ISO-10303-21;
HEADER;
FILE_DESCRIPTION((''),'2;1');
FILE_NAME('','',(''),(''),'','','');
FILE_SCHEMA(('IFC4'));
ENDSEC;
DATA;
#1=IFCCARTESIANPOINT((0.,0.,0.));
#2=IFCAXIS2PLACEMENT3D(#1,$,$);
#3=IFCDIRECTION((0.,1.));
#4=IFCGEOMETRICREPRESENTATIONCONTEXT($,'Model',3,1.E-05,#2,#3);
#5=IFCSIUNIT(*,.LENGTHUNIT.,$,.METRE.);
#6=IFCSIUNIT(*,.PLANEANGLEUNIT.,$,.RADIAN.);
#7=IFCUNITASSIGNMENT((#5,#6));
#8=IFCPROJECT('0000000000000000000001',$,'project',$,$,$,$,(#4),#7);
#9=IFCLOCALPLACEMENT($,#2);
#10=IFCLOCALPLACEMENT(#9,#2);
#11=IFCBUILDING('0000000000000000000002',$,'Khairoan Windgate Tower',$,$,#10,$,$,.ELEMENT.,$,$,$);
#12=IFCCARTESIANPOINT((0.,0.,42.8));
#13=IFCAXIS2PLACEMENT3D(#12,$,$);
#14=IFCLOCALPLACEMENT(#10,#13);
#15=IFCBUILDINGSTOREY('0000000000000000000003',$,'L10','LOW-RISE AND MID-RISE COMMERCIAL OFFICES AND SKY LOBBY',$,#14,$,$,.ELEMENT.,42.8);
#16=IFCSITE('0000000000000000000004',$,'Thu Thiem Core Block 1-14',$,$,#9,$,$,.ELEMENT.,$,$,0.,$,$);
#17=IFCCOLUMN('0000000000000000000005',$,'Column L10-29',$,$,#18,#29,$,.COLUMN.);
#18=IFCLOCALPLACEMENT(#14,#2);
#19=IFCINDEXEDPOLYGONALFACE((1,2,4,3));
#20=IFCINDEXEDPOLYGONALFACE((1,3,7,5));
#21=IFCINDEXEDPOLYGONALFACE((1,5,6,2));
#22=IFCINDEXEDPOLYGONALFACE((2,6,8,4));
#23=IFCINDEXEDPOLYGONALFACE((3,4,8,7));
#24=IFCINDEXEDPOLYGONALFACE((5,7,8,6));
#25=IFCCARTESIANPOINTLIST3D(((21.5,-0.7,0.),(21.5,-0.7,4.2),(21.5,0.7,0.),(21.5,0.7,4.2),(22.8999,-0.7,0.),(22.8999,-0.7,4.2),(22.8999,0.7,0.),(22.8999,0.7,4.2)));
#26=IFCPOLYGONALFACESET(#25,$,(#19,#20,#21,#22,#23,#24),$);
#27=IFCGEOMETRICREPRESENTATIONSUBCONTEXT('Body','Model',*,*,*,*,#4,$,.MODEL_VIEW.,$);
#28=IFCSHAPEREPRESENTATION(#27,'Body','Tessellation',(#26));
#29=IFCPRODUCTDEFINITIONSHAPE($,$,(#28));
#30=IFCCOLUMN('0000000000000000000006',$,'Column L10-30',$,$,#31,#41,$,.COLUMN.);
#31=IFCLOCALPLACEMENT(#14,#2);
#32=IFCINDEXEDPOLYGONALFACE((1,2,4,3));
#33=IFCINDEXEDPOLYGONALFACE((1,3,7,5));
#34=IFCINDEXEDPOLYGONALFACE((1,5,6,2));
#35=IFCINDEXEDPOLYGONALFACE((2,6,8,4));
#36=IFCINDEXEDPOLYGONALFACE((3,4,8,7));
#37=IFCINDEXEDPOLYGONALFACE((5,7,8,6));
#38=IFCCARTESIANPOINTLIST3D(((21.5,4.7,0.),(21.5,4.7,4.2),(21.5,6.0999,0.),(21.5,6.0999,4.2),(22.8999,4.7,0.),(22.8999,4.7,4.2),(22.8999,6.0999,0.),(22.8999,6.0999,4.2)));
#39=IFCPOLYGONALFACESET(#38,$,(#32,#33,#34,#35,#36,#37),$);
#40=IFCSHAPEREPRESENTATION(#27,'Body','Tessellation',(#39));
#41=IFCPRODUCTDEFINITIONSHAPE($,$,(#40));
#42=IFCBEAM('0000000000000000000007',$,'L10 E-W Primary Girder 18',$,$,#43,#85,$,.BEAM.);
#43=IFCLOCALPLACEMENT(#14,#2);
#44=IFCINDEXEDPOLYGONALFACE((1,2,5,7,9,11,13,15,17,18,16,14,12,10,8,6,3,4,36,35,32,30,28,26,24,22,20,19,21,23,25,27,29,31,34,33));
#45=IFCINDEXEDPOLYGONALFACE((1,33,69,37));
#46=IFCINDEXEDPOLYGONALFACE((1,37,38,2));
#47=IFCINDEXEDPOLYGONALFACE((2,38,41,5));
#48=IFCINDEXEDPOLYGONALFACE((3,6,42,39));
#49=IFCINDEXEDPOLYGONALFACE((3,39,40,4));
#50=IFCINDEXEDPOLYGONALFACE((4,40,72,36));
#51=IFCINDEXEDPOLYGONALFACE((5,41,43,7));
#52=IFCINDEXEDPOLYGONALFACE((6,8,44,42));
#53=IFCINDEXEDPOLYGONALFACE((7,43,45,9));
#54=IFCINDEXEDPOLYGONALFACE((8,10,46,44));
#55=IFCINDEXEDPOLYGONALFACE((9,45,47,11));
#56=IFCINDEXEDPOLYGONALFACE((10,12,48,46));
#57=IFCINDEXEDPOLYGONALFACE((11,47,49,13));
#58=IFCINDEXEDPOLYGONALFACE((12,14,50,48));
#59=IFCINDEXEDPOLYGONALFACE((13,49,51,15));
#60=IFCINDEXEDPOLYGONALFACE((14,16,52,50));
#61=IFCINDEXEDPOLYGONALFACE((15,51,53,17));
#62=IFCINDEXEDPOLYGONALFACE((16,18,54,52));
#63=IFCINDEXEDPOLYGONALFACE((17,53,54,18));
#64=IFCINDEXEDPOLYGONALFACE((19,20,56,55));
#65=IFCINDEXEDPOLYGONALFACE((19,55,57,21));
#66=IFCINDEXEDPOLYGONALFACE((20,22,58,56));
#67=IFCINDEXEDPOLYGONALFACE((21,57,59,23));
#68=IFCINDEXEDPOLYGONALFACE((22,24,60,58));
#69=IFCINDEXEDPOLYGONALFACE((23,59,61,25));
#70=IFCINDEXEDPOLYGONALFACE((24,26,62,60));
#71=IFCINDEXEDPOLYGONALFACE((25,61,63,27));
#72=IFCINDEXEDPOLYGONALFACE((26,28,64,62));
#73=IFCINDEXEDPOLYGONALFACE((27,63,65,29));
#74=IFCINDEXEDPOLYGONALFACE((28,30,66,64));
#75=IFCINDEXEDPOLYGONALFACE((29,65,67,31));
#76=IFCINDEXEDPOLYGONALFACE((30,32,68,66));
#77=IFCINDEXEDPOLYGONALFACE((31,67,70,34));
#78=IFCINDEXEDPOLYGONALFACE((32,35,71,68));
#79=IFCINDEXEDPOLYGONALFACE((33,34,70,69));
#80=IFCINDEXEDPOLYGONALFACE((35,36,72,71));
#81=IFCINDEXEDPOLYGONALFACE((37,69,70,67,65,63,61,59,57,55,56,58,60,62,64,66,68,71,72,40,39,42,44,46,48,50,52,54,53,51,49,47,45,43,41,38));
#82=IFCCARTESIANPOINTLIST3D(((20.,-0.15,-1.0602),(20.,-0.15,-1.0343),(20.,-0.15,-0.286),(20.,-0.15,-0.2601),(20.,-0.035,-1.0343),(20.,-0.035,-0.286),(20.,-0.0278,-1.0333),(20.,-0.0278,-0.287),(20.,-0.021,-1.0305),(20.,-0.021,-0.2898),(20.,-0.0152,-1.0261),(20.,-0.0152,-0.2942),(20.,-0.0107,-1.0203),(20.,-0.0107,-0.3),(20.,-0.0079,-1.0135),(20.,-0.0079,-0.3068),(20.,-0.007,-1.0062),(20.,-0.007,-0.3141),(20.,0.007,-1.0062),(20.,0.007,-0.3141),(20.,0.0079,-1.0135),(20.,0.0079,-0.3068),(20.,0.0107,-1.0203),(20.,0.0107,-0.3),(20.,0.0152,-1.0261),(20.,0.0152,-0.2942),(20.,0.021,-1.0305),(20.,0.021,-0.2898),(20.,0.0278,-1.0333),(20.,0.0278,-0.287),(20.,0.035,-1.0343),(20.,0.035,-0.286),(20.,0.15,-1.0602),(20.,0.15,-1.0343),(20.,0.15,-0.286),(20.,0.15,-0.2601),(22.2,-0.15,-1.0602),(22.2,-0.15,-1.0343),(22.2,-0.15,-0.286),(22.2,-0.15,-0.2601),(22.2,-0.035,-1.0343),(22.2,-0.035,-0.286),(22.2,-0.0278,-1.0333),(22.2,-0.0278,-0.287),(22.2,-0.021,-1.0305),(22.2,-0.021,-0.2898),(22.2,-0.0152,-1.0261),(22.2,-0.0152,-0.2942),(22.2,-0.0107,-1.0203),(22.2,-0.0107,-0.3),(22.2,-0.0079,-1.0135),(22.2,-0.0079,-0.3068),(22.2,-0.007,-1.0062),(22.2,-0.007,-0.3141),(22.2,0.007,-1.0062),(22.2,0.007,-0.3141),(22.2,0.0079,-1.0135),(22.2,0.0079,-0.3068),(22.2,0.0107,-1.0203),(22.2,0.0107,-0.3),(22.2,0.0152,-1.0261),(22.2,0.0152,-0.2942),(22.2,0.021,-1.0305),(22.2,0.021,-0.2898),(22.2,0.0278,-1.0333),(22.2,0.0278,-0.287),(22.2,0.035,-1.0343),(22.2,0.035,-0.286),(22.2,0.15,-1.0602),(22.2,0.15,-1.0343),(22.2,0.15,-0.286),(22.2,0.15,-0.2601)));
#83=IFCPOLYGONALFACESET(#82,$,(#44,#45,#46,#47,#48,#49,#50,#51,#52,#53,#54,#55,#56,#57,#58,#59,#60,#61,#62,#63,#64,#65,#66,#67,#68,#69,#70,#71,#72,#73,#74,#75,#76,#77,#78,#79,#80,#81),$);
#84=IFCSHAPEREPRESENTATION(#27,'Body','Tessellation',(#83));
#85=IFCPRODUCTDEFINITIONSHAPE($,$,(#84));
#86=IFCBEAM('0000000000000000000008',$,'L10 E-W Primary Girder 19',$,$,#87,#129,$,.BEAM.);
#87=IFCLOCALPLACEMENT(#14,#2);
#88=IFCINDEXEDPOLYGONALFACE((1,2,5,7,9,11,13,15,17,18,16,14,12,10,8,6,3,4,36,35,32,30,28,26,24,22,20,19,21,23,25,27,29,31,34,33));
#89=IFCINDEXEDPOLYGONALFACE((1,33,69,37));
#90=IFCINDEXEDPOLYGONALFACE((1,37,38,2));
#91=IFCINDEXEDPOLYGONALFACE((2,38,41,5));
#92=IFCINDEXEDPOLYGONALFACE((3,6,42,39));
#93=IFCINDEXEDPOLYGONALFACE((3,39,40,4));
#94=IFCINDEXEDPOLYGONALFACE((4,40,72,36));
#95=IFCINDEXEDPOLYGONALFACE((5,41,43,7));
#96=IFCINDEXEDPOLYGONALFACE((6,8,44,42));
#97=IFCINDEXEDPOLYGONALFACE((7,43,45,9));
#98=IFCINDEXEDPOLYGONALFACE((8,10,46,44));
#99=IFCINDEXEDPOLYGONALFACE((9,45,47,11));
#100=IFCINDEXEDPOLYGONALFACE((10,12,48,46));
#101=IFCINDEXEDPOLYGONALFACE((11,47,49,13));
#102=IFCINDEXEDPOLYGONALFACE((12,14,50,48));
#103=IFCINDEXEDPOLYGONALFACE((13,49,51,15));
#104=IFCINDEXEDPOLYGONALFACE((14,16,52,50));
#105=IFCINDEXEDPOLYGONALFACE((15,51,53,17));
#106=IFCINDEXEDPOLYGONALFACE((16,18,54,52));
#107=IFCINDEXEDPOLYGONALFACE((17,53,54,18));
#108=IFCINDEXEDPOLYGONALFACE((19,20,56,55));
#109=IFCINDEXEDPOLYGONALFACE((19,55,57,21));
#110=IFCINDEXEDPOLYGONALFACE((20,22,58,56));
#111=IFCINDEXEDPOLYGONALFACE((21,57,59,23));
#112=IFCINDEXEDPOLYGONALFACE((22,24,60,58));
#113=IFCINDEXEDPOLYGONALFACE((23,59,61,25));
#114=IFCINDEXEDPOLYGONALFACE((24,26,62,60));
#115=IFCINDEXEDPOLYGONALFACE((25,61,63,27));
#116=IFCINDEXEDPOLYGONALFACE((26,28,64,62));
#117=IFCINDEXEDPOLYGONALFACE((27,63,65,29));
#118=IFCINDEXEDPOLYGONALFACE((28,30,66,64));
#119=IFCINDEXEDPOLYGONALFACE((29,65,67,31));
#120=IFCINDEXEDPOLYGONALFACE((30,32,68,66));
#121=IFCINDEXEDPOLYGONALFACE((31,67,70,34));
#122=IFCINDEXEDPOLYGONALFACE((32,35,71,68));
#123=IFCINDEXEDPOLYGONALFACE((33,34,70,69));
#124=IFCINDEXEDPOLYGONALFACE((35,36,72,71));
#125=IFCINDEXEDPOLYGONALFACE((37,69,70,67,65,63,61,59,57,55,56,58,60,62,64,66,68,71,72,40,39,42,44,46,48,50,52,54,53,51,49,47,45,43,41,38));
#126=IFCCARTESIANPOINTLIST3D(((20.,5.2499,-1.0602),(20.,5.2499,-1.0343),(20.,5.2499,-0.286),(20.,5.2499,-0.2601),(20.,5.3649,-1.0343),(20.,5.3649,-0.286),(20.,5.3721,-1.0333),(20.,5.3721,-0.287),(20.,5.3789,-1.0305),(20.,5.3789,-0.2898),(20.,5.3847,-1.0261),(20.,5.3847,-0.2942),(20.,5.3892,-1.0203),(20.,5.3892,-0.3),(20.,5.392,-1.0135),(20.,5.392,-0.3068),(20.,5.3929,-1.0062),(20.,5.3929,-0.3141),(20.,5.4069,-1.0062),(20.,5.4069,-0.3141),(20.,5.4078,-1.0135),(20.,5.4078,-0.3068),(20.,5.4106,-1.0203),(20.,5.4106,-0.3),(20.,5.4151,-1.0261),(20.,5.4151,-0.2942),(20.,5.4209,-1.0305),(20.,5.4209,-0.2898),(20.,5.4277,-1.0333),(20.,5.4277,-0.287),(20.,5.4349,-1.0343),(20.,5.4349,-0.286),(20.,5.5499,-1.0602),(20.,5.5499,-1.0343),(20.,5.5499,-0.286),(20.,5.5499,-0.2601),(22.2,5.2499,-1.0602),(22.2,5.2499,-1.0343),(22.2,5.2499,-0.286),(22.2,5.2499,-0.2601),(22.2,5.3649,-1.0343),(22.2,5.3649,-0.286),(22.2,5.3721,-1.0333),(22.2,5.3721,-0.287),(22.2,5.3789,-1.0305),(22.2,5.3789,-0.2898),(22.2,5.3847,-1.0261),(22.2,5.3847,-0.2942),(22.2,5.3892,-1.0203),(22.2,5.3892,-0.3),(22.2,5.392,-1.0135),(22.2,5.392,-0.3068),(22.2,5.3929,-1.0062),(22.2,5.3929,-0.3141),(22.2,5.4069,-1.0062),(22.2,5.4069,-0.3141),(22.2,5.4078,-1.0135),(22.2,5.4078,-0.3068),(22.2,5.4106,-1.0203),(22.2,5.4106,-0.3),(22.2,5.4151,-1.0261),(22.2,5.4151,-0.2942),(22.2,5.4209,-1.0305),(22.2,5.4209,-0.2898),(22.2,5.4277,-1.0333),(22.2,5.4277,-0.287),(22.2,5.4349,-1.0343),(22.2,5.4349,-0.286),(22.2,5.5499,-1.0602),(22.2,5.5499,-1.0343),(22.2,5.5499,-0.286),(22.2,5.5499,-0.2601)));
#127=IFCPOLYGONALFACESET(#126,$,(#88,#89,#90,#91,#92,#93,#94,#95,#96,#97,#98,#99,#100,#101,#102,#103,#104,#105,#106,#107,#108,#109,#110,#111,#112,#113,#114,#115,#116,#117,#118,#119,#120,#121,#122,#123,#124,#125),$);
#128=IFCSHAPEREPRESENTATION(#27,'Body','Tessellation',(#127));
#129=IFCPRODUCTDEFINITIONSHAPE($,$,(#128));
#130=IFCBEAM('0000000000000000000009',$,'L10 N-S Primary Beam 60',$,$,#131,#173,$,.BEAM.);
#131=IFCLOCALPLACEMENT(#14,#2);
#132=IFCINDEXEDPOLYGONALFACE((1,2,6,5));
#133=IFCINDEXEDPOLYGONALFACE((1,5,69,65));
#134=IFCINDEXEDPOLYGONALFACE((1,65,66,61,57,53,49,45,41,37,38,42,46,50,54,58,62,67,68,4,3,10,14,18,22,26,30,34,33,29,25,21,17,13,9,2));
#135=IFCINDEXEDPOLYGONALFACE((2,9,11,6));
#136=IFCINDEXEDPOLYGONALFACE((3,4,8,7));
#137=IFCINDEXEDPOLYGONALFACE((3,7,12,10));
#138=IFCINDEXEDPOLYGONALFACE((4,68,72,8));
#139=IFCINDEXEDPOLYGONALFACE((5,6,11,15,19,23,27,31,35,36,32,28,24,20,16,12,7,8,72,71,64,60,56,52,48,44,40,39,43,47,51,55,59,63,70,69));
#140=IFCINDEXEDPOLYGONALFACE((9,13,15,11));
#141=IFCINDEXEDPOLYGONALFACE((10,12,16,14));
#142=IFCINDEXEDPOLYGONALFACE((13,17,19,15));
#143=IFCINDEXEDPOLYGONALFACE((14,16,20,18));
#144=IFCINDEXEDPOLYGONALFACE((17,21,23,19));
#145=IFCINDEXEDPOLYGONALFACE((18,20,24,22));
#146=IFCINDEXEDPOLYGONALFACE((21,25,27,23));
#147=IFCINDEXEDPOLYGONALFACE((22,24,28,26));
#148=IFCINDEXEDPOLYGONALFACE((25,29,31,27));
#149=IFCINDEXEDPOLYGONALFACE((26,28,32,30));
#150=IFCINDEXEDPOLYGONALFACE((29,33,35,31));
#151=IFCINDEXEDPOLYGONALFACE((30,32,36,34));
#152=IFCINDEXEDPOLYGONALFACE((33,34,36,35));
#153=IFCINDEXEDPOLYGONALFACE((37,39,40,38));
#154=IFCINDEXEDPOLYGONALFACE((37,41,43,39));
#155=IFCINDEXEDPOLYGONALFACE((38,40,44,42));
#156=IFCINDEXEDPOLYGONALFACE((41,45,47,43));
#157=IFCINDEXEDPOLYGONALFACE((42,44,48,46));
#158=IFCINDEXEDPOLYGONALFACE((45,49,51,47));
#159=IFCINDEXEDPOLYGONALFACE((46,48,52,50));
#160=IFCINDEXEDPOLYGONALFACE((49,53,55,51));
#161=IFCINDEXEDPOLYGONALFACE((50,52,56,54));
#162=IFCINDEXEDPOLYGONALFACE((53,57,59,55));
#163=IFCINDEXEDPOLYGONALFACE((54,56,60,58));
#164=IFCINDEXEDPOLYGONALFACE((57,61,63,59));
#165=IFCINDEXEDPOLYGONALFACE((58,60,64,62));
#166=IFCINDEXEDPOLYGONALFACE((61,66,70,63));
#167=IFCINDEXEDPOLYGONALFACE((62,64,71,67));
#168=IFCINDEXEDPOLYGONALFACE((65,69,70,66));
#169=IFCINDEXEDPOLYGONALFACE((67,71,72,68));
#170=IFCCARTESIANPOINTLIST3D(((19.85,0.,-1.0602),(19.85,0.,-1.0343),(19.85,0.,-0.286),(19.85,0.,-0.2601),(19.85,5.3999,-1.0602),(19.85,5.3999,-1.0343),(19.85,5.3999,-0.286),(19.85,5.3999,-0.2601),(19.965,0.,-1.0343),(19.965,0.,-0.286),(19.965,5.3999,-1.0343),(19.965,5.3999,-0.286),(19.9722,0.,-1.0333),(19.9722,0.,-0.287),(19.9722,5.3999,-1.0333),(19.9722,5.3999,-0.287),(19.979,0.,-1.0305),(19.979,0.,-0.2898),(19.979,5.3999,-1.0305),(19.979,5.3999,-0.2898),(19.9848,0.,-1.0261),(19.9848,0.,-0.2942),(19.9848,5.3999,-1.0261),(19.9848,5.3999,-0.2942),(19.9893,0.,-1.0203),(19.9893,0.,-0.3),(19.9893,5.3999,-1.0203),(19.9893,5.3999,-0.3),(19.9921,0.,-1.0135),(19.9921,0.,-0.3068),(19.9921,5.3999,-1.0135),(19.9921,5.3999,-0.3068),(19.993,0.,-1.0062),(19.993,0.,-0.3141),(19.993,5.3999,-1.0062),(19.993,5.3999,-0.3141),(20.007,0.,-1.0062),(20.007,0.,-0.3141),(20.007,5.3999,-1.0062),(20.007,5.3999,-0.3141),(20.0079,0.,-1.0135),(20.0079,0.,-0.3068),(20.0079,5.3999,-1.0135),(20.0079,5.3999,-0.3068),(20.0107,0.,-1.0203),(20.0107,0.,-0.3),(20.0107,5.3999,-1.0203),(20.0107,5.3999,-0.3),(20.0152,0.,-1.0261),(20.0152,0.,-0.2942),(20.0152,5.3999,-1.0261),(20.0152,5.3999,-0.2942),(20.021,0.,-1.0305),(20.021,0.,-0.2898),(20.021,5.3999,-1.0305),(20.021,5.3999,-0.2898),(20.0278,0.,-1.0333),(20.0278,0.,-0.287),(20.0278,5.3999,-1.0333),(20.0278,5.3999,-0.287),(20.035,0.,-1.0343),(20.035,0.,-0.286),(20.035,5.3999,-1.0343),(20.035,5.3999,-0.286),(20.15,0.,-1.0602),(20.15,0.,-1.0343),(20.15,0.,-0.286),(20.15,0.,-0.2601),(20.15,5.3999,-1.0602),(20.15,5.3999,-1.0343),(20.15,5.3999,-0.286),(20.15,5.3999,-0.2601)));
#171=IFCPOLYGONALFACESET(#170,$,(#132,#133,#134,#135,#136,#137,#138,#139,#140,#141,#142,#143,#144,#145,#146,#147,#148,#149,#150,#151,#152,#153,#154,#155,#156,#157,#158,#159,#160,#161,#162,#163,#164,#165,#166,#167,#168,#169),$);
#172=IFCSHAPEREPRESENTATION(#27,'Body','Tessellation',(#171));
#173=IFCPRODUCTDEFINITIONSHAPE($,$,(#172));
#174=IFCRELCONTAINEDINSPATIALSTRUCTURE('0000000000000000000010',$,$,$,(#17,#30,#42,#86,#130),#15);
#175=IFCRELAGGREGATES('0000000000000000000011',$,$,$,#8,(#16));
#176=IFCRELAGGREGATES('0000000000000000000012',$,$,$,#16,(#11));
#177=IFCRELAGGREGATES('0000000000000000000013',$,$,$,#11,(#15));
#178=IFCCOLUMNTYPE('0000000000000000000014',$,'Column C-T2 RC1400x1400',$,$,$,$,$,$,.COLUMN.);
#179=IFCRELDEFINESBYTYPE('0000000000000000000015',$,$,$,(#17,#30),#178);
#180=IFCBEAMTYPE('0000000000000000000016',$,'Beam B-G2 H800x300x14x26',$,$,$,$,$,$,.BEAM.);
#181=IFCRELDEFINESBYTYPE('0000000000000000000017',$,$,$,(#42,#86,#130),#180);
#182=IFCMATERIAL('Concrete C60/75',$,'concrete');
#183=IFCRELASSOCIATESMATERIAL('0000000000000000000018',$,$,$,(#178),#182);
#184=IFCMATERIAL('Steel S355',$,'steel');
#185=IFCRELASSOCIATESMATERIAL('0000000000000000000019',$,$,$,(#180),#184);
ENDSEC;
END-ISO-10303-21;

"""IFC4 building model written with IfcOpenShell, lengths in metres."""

from ifc_helpers import new_model, si_unit, direction, frame, origin, origin_2d, place, context, subcontext, project, spatial, rectangle, i_section, extrude, material, material_profile, profile_set, type_object, element, save


model = new_model("IFC4")

# Units and contexts
model_context = context("Model", 3, precision=1e-05, world=origin(), true_north=direction((0.0, 1.0)))
body_context = subcontext(model_context, "Body", "Model", "MODEL_VIEW")
ifc_project = project(units=[si_unit("LENGTHUNIT", "METRE"), si_unit("PLANEANGLEUNIT", "RADIAN")], contexts=[model_context])

# Site, building, storey
site_placement = place(None, origin())
site = spatial("IfcSite", under=ifc_project, at=site_placement, Name="Thu Thiem Core Block 1-14", CompositionType="ELEMENT", RefElevation=0.0)
building_placement = place(site_placement, origin())
building = spatial("IfcBuilding", under=site, at=building_placement, Name="Khairoan Windgate Tower", CompositionType="ELEMENT")
storey_placement = place(building_placement, frame((0.0, 0.0, 42.8)))
storey = spatial("IfcBuildingStorey", under=building, at=storey_placement, Name="L10", Description="LOW-RISE AND MID-RISE COMMERCIAL OFFICES AND SKY LOBBY", CompositionType="ELEMENT", Elevation=42.8)

# Columns
ifc_material_1 = material(Name="Concrete C60/75", Category="concrete")
ifc_material_profile_1 = material_profile(ifc_material_1, rectangle(XDim=1.3999, YDim=1.3999, at=origin_2d()))
ifc_profile_set_1 = profile_set([ifc_material_profile_1], Name="Concrete C60/75")
column_type = type_object("IfcColumnType", Name="Column C-T2 RC1400x1400", PredefinedType="COLUMN", material=ifc_profile_set_1)
for number, where, z_axis, x_axis, name in (
    (1, (22.2, 0.0, 0.0), (0.0, 0.0, 1.0), (1.0, 0.0, 0.0), "Column L10-29"),
    (2, (22.2, 5.3999, 0.0), (0.0, 0.0, 1.0), (1.0, 0.0, 0.0), "Column L10-30"),
):
    element("IfcColumn", number, at=place(storey_placement, frame(where, z_axis=z_axis, x_axis=x_axis)), inside=storey, type_object=column_type, Name=name, PredefinedType="COLUMN", context=body_context, shape_type="SweptSolid", body=[
        extrude(rectangle(XDim=1.3999, YDim=1.3999, at=origin_2d()), origin(), (0.0, 0.0, 1.0), 4.2),
    ])

# Beams
ifc_material_2 = material(Name="Steel S355", Category="steel")
ifc_material_profile_2 = material_profile(ifc_material_2, i_section(OverallWidth=0.3, OverallDepth=0.8, WebThickness=0.0139, FlangeThickness=0.0259, FilletRadius=0.0281, at=origin_2d()))
ifc_profile_set_2 = profile_set([ifc_material_profile_2], Name="Steel S355")
beam_type_1 = type_object("IfcBeamType", Name="Beam B-G2 H800x300x14x26", PredefinedType="BEAM", material=ifc_profile_set_2)
for number, where, z_axis, x_axis, name in (
    (3, (20.0, 0.0, -0.6602), (1.0, 0.0, 0.0), (0.0, 1.0, 0.0), "L10 E-W Primary Girder 18"),
    (4, (20.0, 5.3999, -0.6602), (1.0, 0.0, 0.0), (0.0, 1.0, 0.0), "L10 E-W Primary Girder 19"),
):
    element("IfcBeam", number, at=place(storey_placement, frame(where, z_axis=z_axis, x_axis=x_axis)), inside=storey, type_object=beam_type_1, Name=name, PredefinedType="BEAM", context=body_context, shape_type="SweptSolid", body=[
        extrude(i_section(OverallWidth=0.3, OverallDepth=0.8, WebThickness=0.0139, FlangeThickness=0.0259, FilletRadius=0.0281, at=origin_2d()), origin(), (0.0, 0.0, 1.0), 2.2),
    ])
beam_1_placement = place(storey_placement, frame((20.0, 0.0, -0.6602), z_axis=(0.0, 1.0, 0.0), x_axis=(-1.0, 0.0, 0.0)))
element("IfcBeam", 5, at=beam_1_placement, inside=storey, type_object=beam_type_1, Name="L10 N-S Primary Beam 60", PredefinedType="BEAM", context=body_context, shape_type="SweptSolid", body=[
    extrude(i_section(OverallWidth=0.3, OverallDepth=0.8, WebThickness=0.0139, FlangeThickness=0.0259, FilletRadius=0.0281, at=origin_2d()), origin(), (0.0, 0.0, 1.0), 5.3999),
])

save(model, "model.ifc")
